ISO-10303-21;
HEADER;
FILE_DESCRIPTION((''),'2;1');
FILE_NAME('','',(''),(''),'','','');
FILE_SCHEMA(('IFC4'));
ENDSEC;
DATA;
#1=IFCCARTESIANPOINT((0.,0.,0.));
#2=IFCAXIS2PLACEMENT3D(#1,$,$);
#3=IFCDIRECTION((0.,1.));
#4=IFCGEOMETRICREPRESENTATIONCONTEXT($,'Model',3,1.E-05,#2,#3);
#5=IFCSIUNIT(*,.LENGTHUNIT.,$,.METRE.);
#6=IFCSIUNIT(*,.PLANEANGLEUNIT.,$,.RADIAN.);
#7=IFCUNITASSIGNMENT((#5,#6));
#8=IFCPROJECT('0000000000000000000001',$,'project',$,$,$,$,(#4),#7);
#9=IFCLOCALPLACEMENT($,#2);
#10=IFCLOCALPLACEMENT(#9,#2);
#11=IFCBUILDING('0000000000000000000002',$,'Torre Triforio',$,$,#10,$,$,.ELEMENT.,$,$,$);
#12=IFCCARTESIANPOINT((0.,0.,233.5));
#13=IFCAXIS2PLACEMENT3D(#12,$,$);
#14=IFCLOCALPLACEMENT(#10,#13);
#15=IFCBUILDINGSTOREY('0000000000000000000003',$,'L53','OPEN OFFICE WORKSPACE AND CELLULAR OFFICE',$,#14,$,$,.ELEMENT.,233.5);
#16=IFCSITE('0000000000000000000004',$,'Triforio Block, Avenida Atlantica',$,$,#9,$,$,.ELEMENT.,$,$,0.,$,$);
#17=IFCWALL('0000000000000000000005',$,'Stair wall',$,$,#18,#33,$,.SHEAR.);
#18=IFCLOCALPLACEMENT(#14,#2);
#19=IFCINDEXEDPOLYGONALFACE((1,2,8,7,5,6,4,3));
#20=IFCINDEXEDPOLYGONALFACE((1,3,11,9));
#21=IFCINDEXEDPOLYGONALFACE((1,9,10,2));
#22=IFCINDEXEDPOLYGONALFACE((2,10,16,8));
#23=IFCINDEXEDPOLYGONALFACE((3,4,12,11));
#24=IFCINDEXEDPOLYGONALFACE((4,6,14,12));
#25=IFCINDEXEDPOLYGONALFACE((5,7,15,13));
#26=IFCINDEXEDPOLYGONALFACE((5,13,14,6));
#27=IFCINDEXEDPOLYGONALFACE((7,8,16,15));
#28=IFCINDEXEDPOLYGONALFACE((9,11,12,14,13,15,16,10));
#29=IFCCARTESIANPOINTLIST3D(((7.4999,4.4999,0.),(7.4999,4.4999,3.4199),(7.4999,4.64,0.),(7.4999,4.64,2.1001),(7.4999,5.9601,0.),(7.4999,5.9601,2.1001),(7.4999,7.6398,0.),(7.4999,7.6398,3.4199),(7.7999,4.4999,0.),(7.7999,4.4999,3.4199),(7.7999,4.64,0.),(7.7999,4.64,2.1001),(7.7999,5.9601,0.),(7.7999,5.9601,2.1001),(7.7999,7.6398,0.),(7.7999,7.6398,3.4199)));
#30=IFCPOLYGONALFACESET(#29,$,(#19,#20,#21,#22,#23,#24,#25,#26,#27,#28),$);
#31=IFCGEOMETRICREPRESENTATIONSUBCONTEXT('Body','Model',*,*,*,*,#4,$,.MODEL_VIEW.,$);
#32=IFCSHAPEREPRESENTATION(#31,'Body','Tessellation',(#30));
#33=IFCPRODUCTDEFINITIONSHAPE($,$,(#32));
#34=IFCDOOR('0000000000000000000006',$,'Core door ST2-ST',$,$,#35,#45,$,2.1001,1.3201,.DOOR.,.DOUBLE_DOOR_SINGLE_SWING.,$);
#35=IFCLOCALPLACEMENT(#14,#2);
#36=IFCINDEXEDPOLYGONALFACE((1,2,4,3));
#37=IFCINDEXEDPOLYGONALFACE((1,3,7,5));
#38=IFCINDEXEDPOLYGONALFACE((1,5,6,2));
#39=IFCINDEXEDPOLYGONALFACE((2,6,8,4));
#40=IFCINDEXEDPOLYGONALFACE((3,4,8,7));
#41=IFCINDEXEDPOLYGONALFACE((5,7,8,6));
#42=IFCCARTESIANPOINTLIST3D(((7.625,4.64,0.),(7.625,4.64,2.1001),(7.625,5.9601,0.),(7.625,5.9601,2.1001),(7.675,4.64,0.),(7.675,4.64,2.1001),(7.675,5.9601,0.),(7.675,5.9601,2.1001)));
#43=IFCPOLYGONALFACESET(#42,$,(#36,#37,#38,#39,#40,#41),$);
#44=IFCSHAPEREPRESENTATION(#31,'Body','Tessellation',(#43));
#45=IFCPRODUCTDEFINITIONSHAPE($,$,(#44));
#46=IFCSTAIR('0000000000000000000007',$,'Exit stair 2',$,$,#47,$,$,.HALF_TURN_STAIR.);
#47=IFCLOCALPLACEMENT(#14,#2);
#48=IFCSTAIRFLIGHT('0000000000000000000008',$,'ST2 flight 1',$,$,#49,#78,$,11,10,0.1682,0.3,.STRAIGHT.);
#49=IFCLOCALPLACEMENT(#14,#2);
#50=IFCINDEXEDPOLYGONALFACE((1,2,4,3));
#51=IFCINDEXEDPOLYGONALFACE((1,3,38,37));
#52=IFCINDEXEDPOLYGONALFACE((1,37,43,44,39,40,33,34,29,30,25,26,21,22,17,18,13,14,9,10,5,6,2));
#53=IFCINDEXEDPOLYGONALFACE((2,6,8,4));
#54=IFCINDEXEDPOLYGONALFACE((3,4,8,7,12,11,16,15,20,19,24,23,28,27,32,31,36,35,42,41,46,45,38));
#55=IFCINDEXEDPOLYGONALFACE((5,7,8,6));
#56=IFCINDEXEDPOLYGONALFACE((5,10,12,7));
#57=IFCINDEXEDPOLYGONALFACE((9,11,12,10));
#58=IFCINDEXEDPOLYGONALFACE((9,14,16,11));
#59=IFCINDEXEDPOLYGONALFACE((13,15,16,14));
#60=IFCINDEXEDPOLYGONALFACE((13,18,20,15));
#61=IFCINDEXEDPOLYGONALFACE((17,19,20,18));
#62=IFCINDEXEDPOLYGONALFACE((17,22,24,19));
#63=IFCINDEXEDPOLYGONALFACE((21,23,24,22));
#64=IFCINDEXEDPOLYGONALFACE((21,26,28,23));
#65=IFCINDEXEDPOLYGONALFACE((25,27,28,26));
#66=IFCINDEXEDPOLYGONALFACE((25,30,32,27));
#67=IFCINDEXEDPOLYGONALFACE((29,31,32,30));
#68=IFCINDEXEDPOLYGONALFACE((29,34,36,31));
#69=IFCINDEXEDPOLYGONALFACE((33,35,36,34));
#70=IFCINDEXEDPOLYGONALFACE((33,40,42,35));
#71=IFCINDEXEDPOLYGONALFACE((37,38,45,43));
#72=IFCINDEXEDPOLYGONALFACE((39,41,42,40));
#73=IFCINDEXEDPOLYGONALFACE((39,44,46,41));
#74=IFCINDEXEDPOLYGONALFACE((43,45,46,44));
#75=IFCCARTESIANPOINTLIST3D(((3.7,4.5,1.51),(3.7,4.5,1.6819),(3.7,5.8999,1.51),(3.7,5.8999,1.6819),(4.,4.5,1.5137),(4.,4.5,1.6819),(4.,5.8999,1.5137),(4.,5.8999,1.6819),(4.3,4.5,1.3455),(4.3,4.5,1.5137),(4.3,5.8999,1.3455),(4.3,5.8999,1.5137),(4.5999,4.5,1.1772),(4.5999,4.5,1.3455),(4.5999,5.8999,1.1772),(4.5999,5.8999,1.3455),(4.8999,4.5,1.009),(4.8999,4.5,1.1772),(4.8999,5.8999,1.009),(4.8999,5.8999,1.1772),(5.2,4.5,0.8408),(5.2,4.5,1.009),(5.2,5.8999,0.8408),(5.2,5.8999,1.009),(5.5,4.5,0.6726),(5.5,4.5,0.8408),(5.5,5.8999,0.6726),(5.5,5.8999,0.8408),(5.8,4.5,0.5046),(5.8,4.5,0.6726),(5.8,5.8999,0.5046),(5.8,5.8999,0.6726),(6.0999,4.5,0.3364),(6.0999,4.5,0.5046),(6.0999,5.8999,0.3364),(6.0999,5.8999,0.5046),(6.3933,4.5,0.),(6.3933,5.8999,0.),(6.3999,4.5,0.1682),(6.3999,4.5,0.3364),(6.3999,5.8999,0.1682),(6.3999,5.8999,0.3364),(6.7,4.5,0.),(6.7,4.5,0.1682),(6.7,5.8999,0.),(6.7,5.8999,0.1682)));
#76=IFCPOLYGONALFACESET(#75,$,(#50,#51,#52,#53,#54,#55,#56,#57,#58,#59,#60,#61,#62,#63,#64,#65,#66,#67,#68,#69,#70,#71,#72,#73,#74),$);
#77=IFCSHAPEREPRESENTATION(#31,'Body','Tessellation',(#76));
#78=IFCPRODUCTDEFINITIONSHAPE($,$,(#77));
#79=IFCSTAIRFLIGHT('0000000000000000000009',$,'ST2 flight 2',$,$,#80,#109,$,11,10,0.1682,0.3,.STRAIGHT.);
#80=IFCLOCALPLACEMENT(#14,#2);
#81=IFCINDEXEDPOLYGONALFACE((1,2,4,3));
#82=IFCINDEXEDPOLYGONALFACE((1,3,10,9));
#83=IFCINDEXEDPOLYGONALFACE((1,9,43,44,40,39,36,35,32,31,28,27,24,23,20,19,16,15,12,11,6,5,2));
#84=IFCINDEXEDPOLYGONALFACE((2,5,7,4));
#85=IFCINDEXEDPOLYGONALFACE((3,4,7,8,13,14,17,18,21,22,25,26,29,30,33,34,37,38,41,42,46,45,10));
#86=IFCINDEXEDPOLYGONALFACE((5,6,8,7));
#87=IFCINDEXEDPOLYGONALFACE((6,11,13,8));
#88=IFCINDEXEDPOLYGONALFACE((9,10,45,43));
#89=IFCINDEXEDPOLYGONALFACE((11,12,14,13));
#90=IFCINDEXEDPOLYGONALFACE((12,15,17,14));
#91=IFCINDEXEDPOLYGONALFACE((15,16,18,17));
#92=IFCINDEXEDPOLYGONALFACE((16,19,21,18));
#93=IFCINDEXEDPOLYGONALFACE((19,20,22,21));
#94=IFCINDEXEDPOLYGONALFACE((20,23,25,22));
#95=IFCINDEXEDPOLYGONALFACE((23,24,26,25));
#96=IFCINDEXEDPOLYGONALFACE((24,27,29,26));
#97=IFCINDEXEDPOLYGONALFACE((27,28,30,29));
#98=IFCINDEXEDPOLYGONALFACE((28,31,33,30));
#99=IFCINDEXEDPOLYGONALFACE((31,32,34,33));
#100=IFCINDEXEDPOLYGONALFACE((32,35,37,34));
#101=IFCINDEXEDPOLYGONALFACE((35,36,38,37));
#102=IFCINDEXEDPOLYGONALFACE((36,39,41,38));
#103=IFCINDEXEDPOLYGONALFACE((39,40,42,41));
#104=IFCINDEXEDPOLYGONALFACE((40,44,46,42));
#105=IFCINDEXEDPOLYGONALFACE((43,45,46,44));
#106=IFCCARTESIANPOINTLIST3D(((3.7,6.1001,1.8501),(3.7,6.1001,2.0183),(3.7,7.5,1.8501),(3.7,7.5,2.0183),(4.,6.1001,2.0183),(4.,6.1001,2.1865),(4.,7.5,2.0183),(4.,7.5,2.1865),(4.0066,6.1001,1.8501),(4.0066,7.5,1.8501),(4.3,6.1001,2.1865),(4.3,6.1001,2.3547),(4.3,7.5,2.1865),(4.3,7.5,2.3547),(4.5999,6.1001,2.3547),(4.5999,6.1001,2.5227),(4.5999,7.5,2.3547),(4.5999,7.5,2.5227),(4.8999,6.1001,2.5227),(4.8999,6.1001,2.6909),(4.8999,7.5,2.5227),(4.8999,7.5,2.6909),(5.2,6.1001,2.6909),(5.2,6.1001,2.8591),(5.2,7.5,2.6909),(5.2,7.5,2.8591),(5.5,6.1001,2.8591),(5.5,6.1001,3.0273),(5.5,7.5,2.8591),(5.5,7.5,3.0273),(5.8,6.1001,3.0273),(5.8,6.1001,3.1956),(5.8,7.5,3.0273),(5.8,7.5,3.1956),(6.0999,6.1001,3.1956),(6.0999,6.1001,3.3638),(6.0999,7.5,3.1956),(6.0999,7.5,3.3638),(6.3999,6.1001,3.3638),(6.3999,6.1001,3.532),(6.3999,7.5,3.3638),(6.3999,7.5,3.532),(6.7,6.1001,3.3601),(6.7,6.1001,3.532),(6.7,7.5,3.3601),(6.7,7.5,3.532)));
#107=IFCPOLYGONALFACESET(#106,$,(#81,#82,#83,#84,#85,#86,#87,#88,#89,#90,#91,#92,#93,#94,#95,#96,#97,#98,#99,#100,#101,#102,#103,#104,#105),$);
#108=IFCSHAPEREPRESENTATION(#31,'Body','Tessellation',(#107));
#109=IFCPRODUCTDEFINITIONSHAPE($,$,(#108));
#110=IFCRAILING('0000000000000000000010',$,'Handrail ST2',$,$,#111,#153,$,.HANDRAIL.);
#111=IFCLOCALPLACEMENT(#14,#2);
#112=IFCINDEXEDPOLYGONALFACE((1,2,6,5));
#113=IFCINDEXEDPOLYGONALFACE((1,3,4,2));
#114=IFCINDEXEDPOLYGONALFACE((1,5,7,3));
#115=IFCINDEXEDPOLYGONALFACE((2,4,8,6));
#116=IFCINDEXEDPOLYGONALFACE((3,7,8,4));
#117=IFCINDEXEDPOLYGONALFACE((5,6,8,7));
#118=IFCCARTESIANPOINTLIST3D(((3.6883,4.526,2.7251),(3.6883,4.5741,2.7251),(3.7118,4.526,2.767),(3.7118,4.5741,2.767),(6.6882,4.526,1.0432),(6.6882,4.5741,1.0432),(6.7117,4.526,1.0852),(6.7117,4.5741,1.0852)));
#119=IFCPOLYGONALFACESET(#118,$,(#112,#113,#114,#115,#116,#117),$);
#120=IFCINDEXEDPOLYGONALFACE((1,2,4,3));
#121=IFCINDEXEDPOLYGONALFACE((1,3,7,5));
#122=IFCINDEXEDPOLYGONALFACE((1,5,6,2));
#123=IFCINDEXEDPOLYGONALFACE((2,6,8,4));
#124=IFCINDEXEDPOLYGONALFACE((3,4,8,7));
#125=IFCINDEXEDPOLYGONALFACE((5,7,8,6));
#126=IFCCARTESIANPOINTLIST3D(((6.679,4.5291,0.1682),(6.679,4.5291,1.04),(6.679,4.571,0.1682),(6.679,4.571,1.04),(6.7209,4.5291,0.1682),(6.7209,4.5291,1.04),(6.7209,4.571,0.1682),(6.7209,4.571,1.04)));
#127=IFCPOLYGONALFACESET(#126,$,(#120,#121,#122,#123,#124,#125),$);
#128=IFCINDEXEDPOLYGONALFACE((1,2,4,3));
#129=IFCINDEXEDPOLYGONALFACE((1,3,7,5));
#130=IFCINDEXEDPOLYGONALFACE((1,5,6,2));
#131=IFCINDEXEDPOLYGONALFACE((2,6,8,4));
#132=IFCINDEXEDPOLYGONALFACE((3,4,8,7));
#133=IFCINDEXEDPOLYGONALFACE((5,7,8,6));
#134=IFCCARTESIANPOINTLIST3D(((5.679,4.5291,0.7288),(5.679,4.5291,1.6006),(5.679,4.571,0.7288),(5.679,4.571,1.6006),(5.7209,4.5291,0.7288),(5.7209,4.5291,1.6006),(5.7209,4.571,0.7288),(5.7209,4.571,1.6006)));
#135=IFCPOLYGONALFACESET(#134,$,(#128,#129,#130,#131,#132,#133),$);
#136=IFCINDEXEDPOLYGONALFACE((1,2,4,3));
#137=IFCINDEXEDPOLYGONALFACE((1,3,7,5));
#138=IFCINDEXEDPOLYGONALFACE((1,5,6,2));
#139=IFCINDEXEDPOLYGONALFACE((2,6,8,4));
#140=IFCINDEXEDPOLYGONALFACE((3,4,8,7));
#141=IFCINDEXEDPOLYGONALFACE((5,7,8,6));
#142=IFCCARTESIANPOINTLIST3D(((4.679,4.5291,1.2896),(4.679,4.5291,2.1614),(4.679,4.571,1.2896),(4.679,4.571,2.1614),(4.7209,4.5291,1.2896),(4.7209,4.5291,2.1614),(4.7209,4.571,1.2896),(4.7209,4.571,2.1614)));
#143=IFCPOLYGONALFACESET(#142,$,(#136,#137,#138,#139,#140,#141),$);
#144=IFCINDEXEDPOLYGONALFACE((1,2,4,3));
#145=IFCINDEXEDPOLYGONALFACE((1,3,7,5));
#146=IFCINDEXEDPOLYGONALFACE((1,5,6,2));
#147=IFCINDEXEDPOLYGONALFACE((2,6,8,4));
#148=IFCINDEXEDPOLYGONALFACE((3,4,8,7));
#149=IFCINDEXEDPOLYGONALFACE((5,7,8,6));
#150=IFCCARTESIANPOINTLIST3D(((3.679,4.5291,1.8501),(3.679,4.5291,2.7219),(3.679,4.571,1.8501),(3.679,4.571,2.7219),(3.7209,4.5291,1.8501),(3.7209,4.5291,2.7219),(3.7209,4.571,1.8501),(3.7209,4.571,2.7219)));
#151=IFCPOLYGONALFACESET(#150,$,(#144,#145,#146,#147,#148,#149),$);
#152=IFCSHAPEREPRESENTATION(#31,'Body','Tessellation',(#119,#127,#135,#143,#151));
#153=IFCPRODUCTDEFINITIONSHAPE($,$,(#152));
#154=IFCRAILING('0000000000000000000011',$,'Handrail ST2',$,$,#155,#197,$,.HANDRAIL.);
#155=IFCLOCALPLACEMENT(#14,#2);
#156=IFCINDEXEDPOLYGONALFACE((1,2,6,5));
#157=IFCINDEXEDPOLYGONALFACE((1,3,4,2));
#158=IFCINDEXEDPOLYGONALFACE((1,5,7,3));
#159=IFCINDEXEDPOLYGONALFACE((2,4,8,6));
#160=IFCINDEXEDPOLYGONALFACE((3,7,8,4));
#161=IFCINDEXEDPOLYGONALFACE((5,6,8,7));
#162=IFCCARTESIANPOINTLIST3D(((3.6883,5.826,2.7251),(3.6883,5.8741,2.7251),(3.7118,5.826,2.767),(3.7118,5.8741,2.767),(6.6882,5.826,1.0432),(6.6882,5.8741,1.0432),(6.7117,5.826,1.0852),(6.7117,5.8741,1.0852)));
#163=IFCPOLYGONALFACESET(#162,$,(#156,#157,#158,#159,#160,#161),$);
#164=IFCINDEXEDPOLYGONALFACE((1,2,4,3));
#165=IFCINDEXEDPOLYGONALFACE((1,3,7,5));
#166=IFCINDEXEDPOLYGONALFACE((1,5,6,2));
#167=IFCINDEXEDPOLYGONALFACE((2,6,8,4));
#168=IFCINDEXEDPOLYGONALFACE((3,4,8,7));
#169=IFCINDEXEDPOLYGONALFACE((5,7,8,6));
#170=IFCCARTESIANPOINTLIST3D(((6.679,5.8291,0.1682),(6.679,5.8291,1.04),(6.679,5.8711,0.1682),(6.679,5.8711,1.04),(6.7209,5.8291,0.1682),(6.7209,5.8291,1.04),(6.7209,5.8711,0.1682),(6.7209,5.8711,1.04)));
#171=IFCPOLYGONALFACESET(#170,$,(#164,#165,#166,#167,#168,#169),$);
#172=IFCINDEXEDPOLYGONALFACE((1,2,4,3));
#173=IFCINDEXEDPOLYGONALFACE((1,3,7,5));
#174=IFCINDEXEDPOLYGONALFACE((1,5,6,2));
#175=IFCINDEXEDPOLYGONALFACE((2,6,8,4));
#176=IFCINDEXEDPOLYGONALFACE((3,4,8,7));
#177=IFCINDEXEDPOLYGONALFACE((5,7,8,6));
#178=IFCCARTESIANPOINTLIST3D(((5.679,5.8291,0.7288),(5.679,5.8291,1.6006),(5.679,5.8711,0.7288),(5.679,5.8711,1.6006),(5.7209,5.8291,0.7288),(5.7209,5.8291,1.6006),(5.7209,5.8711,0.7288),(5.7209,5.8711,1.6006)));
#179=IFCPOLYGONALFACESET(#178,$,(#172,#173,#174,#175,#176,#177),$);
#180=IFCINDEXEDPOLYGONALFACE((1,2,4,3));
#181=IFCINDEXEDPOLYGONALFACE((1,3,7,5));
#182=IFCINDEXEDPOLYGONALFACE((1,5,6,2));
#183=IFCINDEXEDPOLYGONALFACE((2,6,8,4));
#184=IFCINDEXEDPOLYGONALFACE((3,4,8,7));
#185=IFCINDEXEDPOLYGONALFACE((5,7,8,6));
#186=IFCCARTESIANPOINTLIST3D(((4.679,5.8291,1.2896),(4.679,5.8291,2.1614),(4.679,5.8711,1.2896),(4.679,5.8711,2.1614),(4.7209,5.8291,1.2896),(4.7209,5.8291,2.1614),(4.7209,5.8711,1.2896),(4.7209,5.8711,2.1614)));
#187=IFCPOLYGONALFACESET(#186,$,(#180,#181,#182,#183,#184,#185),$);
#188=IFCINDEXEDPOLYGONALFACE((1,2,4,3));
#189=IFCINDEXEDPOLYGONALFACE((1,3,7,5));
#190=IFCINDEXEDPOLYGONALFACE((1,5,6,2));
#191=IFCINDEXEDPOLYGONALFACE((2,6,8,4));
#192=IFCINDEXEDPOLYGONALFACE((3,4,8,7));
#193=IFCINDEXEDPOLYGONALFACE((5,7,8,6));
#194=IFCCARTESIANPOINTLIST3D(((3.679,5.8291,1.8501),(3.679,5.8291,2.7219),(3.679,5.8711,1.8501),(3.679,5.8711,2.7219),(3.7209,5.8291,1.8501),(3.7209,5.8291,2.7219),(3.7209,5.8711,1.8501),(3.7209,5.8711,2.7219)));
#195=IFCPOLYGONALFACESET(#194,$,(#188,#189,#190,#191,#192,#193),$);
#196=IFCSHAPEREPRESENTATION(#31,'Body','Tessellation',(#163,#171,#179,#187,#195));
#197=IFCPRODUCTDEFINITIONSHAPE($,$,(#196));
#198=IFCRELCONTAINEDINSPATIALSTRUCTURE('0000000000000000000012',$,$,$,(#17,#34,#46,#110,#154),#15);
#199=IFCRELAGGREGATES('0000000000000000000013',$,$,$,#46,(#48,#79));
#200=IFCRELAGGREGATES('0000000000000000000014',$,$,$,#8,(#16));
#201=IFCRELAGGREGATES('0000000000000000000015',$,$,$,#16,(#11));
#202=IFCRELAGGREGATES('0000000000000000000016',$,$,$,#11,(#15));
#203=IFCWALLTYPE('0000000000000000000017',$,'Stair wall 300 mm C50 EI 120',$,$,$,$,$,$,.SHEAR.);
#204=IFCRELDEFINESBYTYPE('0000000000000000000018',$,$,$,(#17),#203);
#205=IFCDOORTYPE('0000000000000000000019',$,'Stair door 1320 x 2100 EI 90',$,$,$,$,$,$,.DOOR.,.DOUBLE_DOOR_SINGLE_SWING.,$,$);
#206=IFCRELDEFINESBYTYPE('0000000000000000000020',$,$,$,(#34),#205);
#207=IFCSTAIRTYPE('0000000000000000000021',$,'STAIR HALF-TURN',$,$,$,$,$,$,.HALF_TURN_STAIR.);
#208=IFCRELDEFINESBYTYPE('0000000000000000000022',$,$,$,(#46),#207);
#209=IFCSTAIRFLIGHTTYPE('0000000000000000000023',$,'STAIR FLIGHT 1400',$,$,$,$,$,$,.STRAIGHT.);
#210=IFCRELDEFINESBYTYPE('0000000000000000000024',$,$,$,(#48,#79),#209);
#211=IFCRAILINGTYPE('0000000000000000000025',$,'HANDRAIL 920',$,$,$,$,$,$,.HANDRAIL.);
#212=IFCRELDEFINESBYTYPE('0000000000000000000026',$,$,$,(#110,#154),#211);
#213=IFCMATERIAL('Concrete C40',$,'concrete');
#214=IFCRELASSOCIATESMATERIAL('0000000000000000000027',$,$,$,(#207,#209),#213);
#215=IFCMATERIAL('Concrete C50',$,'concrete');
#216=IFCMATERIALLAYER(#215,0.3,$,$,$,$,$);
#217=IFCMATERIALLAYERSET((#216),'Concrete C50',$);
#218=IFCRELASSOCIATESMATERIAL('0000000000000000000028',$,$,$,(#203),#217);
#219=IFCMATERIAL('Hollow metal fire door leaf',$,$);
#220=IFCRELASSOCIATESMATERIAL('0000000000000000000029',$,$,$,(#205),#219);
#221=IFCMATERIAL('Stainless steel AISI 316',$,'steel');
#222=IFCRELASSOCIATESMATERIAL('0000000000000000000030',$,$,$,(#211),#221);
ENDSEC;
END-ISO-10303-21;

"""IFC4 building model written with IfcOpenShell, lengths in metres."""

from ifc_helpers import new_model, si_unit, direction, frame, frame_2d, origin, origin_2d, place, context, subcontext, project, spatial, polyline, rectangle, outline, extrude, material, layer, layer_set, type_object, element, fill, aggregate, save


model = new_model("IFC4")

# Units and contexts
model_context = context("Model", 3, precision=1e-05, world=origin(), true_north=direction((0.0, 1.0)))
body_context = subcontext(model_context, "Body", "Model", "MODEL_VIEW")
ifc_project = project(units=[si_unit("LENGTHUNIT", "METRE"), si_unit("PLANEANGLEUNIT", "RADIAN")], contexts=[model_context])

# Site, building, storey
site_placement = place(None, origin())
site = spatial("IfcSite", under=ifc_project, at=site_placement, Name="Triforio Block, Avenida Atlantica", CompositionType="ELEMENT", RefElevation=0.0)
building_placement = place(site_placement, origin())
building = spatial("IfcBuilding", under=site, at=building_placement, Name="Torre Triforio", CompositionType="ELEMENT")
storey_placement = place(building_placement, frame((0.0, 0.0, 233.5)))
storey = spatial("IfcBuildingStorey", under=building, at=storey_placement, Name="L53", Description="OPEN OFFICE WORKSPACE AND CELLULAR OFFICE", CompositionType="ELEMENT", Elevation=233.5)

# Shared definitions
ifc_material_1 = material(Name="Concrete C40", Category="concrete")
stair_type = type_object("IfcStairType", Name="STAIR HALF-TURN", PredefinedType="HALF_TURN_STAIR", material=ifc_material_1)

# Shared definitions
ifc_material_2 = material(Name="Concrete C50", Category="concrete")

# Shared definitions
ifc_material_3 = material(Name="Hollow metal fire door leaf")

# Wall, opening, door
ifc_layer_1 = layer(ifc_material_2, 0.3)
ifc_layer_set_1 = layer_set([ifc_layer_1], Name="Concrete C50")
wall_type_1 = type_object("IfcWallType", Name="Stair wall 300 mm C50 EI 120", PredefinedType="SHEAR", material=ifc_layer_set_1)
wall_1_placement = place(storey_placement, frame((7.6499, 4.5, 0.0), z_axis=(0.0, 0.0, 1.0), x_axis=(0.0, 1.0, 0.0)))
wall_1 = element("IfcWall", 1, at=wall_1_placement, inside=storey, type_object=wall_type_1, Name="Stair wall", PredefinedType="SHEAR", context=body_context, shape_type="SweptSolid", body=[
    extrude(rectangle(XDim=3.1399, YDim=0.3, at=frame_2d((1.5698, 0.0))), origin(), (0.0, 0.0, 1.0), 3.4199),
])
opening_1_placement = place(wall_1_placement, frame((0.1399, 0.0, 0.0)))
opening_1 = element("IfcOpeningElement", 2, at=opening_1_placement, cuts=wall_1, PredefinedType="OPENING", context=body_context, shape_type="SweptSolid", body=[
    extrude(rectangle(XDim=1.3201, YDim=2.1001, at=frame_2d((0.6602, 1.05))), frame((0.0, 0.1599, 0.0), z_axis=(0.0, -1.0, 0.0), x_axis=(1.0, 0.0, 0.0)), (0.0, 0.0, 1.0), 0.3201),
])
door_type_1 = type_object("IfcDoorType", Name="Stair door 1320 x 2100 EI 90", OperationType="DOUBLE_DOOR_SINGLE_SWING", PredefinedType="DOOR", material=ifc_material_3)
door_1_placement = place(opening_1_placement, origin())
door_1 = element("IfcDoor", 3, at=door_1_placement, inside=storey, type_object=door_type_1, Name="Core door ST2-ST", OperationType="DOUBLE_DOOR_SINGLE_SWING", OverallHeight=2.1001, OverallWidth=1.3201, PredefinedType="DOOR", context=body_context, shape_type="SweptSolid", body=[
    extrude(rectangle(XDim=1.3201, YDim=2.1001, at=frame_2d((0.6602, 1.05))), frame((0.0, 0.0249, 0.0), z_axis=(0.0, -1.0, 0.0), x_axis=(1.0, 0.0, 0.0)), (0.0, 0.0, 1.0), 0.05),
])
fill(opening_1, door_1)

# Stair, stair flights
stair_1_placement = place(storey_placement, origin())
stair_1 = element("IfcStair", 4, at=stair_1_placement, inside=storey, type_object=stair_type, Name="Exit stair 2", PredefinedType="HALF_TURN_STAIR")
stair_flight_type = type_object("IfcStairFlightType", Name="STAIR FLIGHT 1400", PredefinedType="STRAIGHT", material=ifc_material_1)
stair_flight_1_placement = place(storey_placement, frame((6.7, 5.2, 0.0), z_axis=(0.0, 0.0, 1.0), x_axis=(-1.0, 0.0, 0.0)))
stair_flight_1 = element("IfcStairFlight", 5, at=stair_flight_1_placement, type_object=stair_flight_type, Name="ST2 flight 1", NumberOfRisers=11, NumberOfTreads=10, PredefinedType="STRAIGHT", RiserHeight=0.1682, TreadLength=0.3, context=body_context, shape_type="SweptSolid", body=[
    extrude(outline(polyline([(0.0, 0.0), (0.0, 0.1682), (0.3, 0.1682), (0.3, 0.3364), (0.6001, 0.3364), (0.6001, 0.5046), (0.8999, 0.5046), (0.8999, 0.6726), (1.2, 0.6726), (1.2, 0.8408), (1.5, 0.8408), (1.5, 1.009), (1.8, 1.009), (1.8, 1.1772), (2.1001, 1.1772), (2.1001, 1.3455), (2.3999, 1.3455), (2.3999, 1.5137), (2.7, 1.5137), (2.7, 1.6819), (3.0, 1.6819), (3.0, 1.8501), (3.0, 1.51), (0.3066, 0.0), (0.0, 0.0)])), frame((0.0, 0.7, 0.0), z_axis=(0.0, -1.0, 0.0), x_axis=(1.0, 0.0, 0.0)), (0.0, 0.0, 1.0), 1.3999),
])
stair_flight_2_placement = place(storey_placement, frame((3.7, 6.8, 1.8501), z_axis=(0.0, 0.0, 1.0), x_axis=(1.0, 0.0, 0.0)))
stair_flight_2 = element("IfcStairFlight", 6, at=stair_flight_2_placement, type_object=stair_flight_type, Name="ST2 flight 2", NumberOfRisers=11, NumberOfTreads=10, PredefinedType="STRAIGHT", RiserHeight=0.1682, TreadLength=0.3, context=body_context, shape_type="SweptSolid", body=[
    extrude(outline(polyline([(0.0, 0.0), (0.0, 0.1682), (0.3, 0.1682), (0.3, 0.3364), (0.6001, 0.3364), (0.6001, 0.5046), (0.8999, 0.5046), (0.8999, 0.6726), (1.2, 0.6726), (1.2, 0.8408), (1.5, 0.8408), (1.5, 1.009), (1.8, 1.009), (1.8, 1.1772), (2.1001, 1.1772), (2.1001, 1.3455), (2.3999, 1.3455), (2.3999, 1.5137), (2.7, 1.5137), (2.7, 1.6819), (3.0, 1.6819), (3.0, 1.8501), (3.0, 1.51), (0.3066, 0.0), (0.0, 0.0)])), frame((0.0, 0.7, 0.0), z_axis=(0.0, -1.0, 0.0), x_axis=(1.0, 0.0, 0.0)), (0.0, 0.0, 1.0), 1.3999),
])
aggregate(stair_1, [stair_flight_1, stair_flight_2])

# Railings
ifc_material_4 = material(Name="Stainless steel AISI 316", Category="steel")
railing_type = type_object("IfcRailingType", Name="HANDRAIL 920", PredefinedType="HANDRAIL", material=ifc_material_4)
for number, where, name in (
    (7, (6.7, 4.55, 0.1682), "Handrail ST2"),
    (8, (6.7, 5.8501, 0.1682), "Handrail ST2"),
):
    element("IfcRailing", number, at=place(storey_placement, frame(where)), inside=storey, type_object=railing_type, Name=name, PredefinedType="HANDRAIL", context=body_context, shape_type="SweptSolid", body=[
        extrude(rectangle(XDim=0.0481, YDim=0.0481, at=origin_2d()), frame((0.0, 0.0, 0.896), z_axis=(-0.872272, 0.0, 0.48902), x_axis=(0.0, -1.0, 0.0)), (0.0, 0.0, 1.0), 3.4392),
        extrude(rectangle(XDim=0.042, YDim=0.042, at=origin_2d()), origin(), (0.0, 0.0, 1.0), 0.8718),
        extrude(rectangle(XDim=0.042, YDim=0.042, at=origin_2d()), frame((-1.0, 0.0, 0.5605)), (0.0, 0.0, 1.0), 0.8718),
        extrude(rectangle(XDim=0.042, YDim=0.042, at=origin_2d()), frame((-2.0, 0.0, 1.1213)), (0.0, 0.0, 1.0), 0.8718),
        extrude(rectangle(XDim=0.042, YDim=0.042, at=origin_2d()), frame((-3.0, 0.0, 1.6819)), (0.0, 0.0, 1.0), 0.8718),
    ])

save(model, "model.ifc")
